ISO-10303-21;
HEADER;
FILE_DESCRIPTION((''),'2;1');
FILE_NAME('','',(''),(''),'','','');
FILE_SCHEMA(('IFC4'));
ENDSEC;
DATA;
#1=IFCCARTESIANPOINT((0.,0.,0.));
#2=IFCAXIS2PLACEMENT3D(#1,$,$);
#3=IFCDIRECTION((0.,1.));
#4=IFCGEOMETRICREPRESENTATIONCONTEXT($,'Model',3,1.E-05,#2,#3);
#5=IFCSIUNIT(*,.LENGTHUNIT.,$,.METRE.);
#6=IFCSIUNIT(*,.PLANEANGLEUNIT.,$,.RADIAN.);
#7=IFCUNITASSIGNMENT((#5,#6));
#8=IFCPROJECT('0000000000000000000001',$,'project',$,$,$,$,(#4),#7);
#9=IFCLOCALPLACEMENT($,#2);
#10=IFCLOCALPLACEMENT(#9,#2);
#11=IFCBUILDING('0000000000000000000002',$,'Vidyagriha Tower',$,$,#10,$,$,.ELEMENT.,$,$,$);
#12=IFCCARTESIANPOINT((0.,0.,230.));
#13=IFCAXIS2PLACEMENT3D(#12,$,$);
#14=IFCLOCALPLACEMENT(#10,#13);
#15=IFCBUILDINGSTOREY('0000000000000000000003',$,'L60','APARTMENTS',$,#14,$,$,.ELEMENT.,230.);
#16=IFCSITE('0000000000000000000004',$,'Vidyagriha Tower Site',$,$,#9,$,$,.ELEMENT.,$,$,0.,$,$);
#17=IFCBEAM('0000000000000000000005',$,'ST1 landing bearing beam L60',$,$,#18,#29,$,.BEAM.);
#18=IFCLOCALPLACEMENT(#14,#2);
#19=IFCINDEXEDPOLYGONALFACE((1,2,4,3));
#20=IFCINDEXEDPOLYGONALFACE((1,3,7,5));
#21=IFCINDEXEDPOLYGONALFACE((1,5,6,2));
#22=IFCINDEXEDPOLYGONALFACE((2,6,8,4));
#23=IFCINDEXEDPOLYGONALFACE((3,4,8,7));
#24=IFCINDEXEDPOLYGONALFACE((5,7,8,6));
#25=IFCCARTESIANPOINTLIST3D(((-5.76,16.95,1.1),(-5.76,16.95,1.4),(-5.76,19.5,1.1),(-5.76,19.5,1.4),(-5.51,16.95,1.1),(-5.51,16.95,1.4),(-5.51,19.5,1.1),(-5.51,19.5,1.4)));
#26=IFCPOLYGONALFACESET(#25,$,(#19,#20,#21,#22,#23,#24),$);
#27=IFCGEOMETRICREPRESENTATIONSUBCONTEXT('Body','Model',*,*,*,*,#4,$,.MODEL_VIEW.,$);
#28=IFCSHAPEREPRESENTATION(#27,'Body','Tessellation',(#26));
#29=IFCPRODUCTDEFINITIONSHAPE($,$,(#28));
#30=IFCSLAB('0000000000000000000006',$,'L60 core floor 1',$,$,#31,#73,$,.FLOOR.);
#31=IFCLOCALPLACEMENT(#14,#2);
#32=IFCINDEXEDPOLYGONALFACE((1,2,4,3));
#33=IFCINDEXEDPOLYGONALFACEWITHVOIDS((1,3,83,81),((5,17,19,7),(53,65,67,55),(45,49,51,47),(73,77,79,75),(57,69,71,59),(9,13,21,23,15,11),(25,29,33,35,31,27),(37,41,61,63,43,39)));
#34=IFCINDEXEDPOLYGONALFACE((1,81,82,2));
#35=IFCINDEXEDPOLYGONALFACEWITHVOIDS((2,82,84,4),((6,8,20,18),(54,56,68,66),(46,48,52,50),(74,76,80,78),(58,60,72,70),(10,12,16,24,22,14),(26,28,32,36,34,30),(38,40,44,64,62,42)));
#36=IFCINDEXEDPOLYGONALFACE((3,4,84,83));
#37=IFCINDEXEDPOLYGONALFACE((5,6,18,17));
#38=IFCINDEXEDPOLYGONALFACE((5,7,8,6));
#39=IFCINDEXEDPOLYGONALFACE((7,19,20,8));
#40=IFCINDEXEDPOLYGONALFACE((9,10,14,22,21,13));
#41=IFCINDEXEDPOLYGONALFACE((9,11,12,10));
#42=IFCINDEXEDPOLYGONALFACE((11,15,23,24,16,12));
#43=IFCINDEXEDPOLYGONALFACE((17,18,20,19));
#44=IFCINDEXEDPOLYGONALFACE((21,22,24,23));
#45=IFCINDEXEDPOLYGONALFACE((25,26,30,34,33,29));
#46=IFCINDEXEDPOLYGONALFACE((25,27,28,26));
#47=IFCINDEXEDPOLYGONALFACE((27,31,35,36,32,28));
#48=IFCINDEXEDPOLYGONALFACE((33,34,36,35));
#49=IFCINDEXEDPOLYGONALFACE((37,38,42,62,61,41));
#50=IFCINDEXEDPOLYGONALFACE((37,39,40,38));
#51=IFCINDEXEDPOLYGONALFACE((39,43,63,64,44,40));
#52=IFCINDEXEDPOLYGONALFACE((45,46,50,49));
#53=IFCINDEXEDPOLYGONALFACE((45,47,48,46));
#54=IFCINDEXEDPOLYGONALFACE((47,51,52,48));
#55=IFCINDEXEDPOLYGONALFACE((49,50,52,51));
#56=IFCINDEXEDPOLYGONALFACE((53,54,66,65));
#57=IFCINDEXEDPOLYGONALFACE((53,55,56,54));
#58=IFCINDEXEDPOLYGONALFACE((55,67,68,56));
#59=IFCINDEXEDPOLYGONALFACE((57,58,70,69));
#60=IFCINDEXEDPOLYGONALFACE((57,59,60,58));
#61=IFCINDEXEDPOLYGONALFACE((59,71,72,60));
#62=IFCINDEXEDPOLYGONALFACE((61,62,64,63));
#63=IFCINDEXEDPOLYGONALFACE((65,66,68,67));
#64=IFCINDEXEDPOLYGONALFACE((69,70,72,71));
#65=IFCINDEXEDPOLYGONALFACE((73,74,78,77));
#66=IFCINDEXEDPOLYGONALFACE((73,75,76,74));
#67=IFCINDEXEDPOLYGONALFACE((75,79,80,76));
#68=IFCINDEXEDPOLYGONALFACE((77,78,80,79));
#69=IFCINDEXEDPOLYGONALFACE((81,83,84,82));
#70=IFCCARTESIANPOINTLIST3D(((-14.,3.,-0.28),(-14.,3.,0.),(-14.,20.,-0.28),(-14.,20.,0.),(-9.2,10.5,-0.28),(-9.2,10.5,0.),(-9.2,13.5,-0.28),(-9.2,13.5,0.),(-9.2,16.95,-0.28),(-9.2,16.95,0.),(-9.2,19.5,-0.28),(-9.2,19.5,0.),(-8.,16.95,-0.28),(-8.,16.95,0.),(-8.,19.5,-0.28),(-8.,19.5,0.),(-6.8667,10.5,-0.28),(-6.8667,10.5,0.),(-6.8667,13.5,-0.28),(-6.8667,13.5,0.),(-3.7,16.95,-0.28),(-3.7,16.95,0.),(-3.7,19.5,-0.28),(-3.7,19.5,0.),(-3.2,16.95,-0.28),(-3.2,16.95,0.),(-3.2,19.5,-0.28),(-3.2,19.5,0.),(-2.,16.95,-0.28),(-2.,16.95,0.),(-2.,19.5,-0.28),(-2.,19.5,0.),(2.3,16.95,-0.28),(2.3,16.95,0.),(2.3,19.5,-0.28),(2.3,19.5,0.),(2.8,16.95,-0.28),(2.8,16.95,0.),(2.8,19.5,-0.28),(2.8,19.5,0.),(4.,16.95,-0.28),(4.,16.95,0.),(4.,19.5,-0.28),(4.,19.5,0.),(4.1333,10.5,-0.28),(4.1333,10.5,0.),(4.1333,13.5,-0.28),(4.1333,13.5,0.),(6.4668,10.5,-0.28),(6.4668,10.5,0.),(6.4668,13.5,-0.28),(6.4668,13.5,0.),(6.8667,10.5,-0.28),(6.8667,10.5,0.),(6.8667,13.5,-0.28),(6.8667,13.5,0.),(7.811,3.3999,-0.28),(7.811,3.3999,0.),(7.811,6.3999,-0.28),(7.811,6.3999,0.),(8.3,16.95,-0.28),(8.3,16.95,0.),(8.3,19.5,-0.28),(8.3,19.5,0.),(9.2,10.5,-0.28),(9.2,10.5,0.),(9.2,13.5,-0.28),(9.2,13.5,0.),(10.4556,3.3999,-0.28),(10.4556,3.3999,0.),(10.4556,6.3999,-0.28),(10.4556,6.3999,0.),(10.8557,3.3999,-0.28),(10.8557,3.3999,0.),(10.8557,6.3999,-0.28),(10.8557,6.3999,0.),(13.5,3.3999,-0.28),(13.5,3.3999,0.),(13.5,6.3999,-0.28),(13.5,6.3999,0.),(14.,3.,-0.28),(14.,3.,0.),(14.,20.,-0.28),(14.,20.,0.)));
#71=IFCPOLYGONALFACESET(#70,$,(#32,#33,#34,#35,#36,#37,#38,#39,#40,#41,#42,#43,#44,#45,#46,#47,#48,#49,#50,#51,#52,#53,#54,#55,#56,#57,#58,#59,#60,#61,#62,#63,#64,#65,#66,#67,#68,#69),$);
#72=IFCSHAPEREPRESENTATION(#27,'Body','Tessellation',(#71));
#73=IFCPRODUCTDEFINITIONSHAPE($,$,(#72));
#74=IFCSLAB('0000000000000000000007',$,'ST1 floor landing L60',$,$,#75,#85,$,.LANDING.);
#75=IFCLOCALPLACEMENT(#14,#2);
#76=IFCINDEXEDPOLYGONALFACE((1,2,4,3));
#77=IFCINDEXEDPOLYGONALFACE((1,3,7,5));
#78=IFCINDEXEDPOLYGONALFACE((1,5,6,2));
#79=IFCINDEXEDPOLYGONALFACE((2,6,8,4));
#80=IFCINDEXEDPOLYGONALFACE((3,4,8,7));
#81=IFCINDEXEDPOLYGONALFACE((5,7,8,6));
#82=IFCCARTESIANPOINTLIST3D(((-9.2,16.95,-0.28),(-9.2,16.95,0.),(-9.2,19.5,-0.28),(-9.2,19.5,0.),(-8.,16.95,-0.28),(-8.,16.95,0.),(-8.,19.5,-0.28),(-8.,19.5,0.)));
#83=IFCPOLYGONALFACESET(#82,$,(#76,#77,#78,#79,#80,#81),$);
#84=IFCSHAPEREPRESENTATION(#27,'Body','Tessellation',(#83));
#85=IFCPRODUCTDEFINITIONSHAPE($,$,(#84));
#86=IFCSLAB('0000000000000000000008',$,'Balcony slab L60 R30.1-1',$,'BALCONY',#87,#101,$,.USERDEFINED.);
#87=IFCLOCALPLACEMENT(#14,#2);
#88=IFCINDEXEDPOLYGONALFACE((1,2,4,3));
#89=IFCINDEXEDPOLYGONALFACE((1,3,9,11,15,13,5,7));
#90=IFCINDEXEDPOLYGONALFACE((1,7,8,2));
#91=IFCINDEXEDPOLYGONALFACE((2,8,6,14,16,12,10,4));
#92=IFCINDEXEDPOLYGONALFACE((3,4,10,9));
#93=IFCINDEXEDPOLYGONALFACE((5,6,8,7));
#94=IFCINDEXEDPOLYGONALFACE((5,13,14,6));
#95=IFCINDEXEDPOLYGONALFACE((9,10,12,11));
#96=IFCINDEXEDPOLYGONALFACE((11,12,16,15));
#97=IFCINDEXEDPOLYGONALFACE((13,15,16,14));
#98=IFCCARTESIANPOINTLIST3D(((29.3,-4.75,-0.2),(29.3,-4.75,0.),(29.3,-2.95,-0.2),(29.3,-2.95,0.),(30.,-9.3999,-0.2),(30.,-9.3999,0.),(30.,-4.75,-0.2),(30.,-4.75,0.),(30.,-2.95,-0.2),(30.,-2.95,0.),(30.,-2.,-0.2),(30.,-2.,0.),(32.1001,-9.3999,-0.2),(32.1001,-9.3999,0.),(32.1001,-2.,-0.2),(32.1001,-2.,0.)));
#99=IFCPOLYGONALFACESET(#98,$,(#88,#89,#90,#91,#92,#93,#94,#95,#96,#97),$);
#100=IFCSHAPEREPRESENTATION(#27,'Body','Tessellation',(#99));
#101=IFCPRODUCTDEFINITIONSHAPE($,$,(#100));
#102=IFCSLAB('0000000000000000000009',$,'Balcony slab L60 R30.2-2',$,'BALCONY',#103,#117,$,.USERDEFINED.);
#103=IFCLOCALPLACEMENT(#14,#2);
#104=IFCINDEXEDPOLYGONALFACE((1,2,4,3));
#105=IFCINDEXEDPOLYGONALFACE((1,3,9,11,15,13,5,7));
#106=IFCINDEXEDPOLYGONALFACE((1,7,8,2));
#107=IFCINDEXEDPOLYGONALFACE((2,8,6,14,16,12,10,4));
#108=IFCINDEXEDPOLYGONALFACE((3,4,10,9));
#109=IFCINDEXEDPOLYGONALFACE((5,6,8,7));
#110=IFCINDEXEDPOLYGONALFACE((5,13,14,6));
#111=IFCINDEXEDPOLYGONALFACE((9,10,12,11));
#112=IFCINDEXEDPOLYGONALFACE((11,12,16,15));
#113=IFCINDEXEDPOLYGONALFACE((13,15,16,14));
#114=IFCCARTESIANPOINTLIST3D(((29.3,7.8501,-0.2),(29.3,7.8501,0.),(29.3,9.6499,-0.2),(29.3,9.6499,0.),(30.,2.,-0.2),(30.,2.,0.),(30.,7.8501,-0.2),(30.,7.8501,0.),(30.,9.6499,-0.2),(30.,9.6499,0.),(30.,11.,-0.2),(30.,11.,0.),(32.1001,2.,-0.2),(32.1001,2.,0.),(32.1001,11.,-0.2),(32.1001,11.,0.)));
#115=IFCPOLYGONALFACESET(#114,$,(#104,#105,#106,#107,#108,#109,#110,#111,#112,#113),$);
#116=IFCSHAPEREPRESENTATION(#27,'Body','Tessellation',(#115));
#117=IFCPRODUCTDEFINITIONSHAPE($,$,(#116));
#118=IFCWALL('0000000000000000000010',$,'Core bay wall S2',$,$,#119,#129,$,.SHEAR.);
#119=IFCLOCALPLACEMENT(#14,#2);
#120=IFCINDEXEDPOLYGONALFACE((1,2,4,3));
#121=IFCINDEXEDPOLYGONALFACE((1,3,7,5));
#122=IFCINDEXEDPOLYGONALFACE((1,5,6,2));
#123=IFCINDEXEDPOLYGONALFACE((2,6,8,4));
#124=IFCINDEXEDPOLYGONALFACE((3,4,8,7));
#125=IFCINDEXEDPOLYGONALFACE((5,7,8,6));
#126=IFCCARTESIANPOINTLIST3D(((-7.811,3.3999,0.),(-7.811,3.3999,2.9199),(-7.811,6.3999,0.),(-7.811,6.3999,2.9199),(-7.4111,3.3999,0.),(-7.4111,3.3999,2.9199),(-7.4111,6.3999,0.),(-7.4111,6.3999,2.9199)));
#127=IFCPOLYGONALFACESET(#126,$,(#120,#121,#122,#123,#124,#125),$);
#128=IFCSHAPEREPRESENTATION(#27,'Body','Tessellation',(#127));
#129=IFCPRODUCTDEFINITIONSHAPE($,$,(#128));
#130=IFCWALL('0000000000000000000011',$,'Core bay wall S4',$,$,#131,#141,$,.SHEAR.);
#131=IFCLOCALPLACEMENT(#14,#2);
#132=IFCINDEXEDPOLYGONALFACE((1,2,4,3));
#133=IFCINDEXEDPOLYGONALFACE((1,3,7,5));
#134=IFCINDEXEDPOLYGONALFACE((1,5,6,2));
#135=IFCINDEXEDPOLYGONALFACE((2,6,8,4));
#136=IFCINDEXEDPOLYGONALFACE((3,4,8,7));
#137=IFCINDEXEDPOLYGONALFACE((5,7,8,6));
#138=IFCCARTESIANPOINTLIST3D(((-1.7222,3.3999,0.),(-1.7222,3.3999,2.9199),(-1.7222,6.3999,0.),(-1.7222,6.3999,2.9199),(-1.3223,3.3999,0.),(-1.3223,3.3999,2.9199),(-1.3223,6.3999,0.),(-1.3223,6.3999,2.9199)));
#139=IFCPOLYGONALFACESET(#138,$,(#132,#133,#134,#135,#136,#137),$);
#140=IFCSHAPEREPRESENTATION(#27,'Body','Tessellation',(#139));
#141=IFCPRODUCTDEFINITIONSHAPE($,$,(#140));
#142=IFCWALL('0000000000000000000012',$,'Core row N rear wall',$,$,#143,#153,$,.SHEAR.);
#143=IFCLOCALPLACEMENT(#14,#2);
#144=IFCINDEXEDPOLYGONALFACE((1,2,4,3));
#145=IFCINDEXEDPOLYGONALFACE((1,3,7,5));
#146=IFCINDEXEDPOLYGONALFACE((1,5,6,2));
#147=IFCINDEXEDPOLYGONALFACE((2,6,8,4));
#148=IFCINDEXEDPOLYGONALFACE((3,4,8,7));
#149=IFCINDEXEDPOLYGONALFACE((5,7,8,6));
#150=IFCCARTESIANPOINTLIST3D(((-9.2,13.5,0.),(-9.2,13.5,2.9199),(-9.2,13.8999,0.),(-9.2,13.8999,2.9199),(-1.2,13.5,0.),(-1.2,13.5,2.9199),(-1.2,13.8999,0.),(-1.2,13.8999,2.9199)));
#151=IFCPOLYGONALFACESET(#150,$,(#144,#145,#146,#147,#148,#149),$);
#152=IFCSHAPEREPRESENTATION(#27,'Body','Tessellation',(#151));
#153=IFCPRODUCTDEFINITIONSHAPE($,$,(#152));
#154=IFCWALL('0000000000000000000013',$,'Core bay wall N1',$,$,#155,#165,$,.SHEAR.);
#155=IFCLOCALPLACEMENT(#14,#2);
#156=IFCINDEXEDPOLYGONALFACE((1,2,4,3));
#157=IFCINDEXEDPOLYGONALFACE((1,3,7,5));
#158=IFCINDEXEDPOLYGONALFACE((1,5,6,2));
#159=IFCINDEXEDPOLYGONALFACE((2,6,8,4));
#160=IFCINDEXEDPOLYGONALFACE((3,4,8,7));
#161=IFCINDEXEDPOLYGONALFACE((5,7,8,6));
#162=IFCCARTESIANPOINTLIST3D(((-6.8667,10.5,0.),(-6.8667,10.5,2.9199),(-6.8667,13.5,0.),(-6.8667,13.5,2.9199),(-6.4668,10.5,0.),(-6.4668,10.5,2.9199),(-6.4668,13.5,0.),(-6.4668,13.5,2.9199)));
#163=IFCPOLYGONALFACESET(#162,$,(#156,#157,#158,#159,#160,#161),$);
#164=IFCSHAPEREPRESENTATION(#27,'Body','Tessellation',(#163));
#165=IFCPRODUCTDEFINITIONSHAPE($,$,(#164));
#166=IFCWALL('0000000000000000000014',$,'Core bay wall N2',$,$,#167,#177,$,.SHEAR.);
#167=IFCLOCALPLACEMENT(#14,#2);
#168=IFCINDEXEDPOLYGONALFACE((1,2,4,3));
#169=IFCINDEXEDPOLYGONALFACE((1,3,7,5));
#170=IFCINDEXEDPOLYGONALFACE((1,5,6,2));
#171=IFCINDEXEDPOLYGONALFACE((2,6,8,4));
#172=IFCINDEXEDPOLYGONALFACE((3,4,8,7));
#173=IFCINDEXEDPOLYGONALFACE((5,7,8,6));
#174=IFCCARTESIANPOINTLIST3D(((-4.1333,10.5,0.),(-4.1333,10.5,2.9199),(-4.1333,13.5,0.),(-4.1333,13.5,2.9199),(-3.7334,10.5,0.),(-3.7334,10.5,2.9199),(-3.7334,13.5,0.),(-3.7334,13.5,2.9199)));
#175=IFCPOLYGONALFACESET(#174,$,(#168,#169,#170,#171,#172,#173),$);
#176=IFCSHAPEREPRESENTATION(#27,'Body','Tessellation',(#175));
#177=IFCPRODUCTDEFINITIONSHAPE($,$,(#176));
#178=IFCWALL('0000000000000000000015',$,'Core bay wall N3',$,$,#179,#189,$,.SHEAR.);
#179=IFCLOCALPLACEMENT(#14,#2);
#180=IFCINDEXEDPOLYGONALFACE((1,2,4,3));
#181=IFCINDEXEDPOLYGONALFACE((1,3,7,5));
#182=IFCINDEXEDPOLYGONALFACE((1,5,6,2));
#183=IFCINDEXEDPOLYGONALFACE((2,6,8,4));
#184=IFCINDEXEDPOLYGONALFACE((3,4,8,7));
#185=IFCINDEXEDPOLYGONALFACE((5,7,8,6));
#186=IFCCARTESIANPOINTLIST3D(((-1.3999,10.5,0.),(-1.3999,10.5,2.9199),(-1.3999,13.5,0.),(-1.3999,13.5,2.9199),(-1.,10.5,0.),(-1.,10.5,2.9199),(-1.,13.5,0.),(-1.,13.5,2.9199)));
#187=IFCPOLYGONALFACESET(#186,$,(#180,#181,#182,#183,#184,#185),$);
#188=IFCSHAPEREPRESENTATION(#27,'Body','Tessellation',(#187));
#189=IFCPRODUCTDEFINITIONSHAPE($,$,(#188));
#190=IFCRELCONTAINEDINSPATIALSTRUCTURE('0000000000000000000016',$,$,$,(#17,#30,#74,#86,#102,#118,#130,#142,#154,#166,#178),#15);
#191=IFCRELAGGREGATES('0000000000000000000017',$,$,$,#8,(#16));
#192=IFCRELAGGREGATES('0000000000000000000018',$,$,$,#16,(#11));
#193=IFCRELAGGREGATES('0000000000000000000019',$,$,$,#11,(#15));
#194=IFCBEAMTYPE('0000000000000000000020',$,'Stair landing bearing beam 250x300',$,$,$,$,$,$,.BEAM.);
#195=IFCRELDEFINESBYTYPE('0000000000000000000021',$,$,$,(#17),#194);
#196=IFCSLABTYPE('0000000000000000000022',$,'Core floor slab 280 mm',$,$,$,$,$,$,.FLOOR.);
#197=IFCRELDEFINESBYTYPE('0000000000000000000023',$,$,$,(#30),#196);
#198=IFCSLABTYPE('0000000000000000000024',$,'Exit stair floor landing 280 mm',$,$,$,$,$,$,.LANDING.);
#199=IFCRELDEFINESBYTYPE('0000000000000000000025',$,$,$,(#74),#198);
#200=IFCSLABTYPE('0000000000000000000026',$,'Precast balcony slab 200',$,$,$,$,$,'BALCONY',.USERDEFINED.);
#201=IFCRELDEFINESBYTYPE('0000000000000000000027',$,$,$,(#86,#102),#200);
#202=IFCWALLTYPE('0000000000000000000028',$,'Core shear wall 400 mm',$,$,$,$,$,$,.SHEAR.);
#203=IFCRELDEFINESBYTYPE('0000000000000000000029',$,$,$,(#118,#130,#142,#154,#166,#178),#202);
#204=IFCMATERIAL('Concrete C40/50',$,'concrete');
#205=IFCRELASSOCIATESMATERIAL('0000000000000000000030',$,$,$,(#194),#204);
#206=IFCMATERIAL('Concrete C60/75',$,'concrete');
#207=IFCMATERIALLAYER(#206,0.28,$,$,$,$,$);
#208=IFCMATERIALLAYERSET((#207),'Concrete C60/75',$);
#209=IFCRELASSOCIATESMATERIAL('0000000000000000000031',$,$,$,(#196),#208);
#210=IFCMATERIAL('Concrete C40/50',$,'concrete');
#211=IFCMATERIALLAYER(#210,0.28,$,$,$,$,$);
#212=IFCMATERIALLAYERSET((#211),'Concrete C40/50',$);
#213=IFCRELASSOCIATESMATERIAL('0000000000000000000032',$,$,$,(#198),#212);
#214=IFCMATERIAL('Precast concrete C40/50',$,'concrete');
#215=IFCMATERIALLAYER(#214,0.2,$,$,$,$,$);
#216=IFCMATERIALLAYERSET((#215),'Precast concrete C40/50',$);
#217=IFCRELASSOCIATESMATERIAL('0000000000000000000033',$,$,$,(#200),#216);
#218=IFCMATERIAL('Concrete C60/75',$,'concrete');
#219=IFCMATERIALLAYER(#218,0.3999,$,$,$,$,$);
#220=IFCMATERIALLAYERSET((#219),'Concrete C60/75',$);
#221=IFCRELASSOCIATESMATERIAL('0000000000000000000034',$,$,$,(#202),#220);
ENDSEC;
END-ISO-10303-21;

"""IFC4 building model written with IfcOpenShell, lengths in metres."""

from ifc_helpers import new_model, si_unit, direction, frame, frame_2d, origin, origin_2d, place, context, subcontext, project, spatial, polyline, rectangle, outline, extrude, material, layer, layer_set, material_profile, profile_set, type_object, element, save


model = new_model("IFC4")

# Units and contexts
model_context = context("Model", 3, precision=1e-05, world=origin(), true_north=direction((0.0, 1.0)))
body_context = subcontext(model_context, "Body", "Model", "MODEL_VIEW")
ifc_project = project(units=[si_unit("LENGTHUNIT", "METRE"), si_unit("PLANEANGLEUNIT", "RADIAN")], contexts=[model_context])

# Site, building, storey
site_placement = place(None, origin())
site = spatial("IfcSite", under=ifc_project, at=site_placement, Name="Vidyagriha Tower Site", CompositionType="ELEMENT", RefElevation=0.0)
building_placement = place(site_placement, origin())
building = spatial("IfcBuilding", under=site, at=building_placement, Name="Vidyagriha Tower", CompositionType="ELEMENT")
storey_placement = place(building_placement, frame((0.0, 0.0, 230.0)))
storey = spatial("IfcBuildingStorey", under=building, at=storey_placement, Name="L60", Description="APARTMENTS", CompositionType="ELEMENT", Elevation=230.0)

# Beam
ifc_material_1 = material(Name="Concrete C40/50", Category="concrete")
ifc_material_profile = material_profile(ifc_material_1, rectangle(XDim=0.25, YDim=0.3, at=origin_2d()), Name="Stair landing bearing beam 250x300")
ifc_profile_set = profile_set([ifc_material_profile], Name="Concrete C40/50")
beam_type = type_object("IfcBeamType", Name="Stair landing bearing beam 250x300", PredefinedType="BEAM", material=ifc_profile_set)
beam_placement = place(storey_placement, frame((-5.635, 16.95, 1.25), z_axis=(0.0, 1.0, 0.0), x_axis=(-1.0, 0.0, 0.0)))
element("IfcBeam", 1, at=beam_placement, inside=storey, type_object=beam_type, Name="ST1 landing bearing beam L60", PredefinedType="BEAM", context=body_context, shape_type="SweptSolid", body=[
    extrude(rectangle(XDim=0.25, YDim=0.3, at=origin_2d()), origin(), (0.0, 0.0, 1.0), 2.55),
])

# Slabs
ifc_material_2 = material(Name="Concrete C60/75", Category="concrete")
ifc_layer_1 = layer(ifc_material_2, 0.28)
ifc_layer_set_1 = layer_set([ifc_layer_1], Name="Concrete C60/75")
slab_type_1 = type_object("IfcSlabType", Name="Core floor slab 280 mm", PredefinedType="FLOOR", material=ifc_layer_set_1)
slab_1_placement = place(storey_placement, frame((0.0, 0.0, -0.28)))
element("IfcSlab", 2, at=slab_1_placement, inside=storey, type_object=slab_type_1, Name="L60 core floor 1", PredefinedType="FLOOR", context=body_context, shape_type="SweptSolid", body=[
    extrude(outline(polyline([(-14.0, 3.0), (-14.0, 20.0), (14.0, 20.0), (14.0, 3.0), (-14.0, 3.0)]), holes=[polyline([(13.5, 6.3999), (10.8557, 6.3999), (10.8557, 3.3999), (13.5, 3.3999), (13.5, 6.3999)]), polyline([(10.4556, 6.3999), (7.811, 6.3999), (7.811, 3.3999), (10.4556, 3.3999), (10.4556, 6.3999)]), polyline([(9.2, 13.5), (6.8667, 13.5), (6.8667, 10.5), (9.2, 10.5), (9.2, 13.5)]), polyline([(2.8, 19.5), (2.8, 16.95), (4.0, 16.95), (8.3, 16.95), (8.3, 19.5), (4.0, 19.5), (2.8, 19.5)]), polyline([(4.1333, 13.5), (4.1333, 10.5), (6.4668, 10.5), (6.4668, 13.5), (4.1333, 13.5)]), polyline([(-2.0, 19.5), (-3.2, 19.5), (-3.2, 16.95), (-2.0, 16.95), (2.3, 16.95), (2.3, 19.5), (-2.0, 19.5)]), polyline([(-9.2, 19.5), (-9.2, 16.95), (-8.0, 16.95), (-3.7, 16.95), (-3.7, 19.5), (-8.0, 19.5), (-9.2, 19.5)]), polyline([(-9.2, 13.5), (-9.2, 10.5), (-6.8667, 10.5), (-6.8667, 13.5), (-9.2, 13.5)])]), origin(), (0.0, 0.0, 1.0), 0.28),
])
ifc_material_3 = material(Name="Concrete C40/50", Category="concrete")
ifc_layer_2 = layer(ifc_material_3, 0.28)
ifc_layer_set_2 = layer_set([ifc_layer_2], Name="Concrete C40/50")
slab_type_2 = type_object("IfcSlabType", Name="Exit stair floor landing 280 mm", PredefinedType="LANDING", material=ifc_layer_set_2)
slab_2_placement = place(storey_placement, frame((0.0, 0.0, -0.28)))
element("IfcSlab", 3, at=slab_2_placement, inside=storey, type_object=slab_type_2, Name="ST1 floor landing L60", PredefinedType="LANDING", context=body_context, shape_type="SweptSolid", body=[
    extrude(outline(polyline([(-9.2, 16.95), (-8.0, 16.95), (-8.0, 19.5), (-9.2, 19.5), (-9.2, 16.95)])), origin(), (0.0, 0.0, 1.0), 0.28),
])
ifc_material_4 = material(Name="Precast concrete C40/50", Category="concrete")
ifc_layer_3 = layer(ifc_material_4, 0.2)
ifc_layer_set_3 = layer_set([ifc_layer_3], Name="Precast concrete C40/50")
slab_type_3 = type_object("IfcSlabType", Name="Precast balcony slab 200", ElementType="BALCONY", PredefinedType="USERDEFINED", material=ifc_layer_set_3)
slab_3_placement = place(storey_placement, frame((0.0, 0.0, -0.2)))
element("IfcSlab", 4, at=slab_3_placement, inside=storey, type_object=slab_type_3, Name="Balcony slab L60 R30.1-1", ObjectType="BALCONY", PredefinedType="USERDEFINED", context=body_context, shape_type="SweptSolid", body=[
    extrude(outline(polyline([(30.0, -4.75), (30.0, -9.3999), (32.1001, -9.3999), (32.1001, -2.0), (30.0, -2.0), (30.0, -2.95), (29.3, -2.95), (29.3, -4.75), (30.0, -4.75)])), origin(), (0.0, 0.0, 1.0), 0.2),
])
slab_4_placement = place(storey_placement, frame((0.0, 0.0, -0.2)))
element("IfcSlab", 5, at=slab_4_placement, inside=storey, type_object=slab_type_3, Name="Balcony slab L60 R30.2-2", ObjectType="BALCONY", PredefinedType="USERDEFINED", context=body_context, shape_type="SweptSolid", body=[
    extrude(outline(polyline([(30.0, 7.8501), (30.0, 2.0), (32.1001, 2.0), (32.1001, 11.0), (30.0, 11.0), (30.0, 9.6499), (29.3, 9.6499), (29.3, 7.8501), (30.0, 7.8501)])), origin(), (0.0, 0.0, 1.0), 0.2),
])

# Walls
ifc_material_5 = material(Name="Concrete C60/75", Category="concrete")
ifc_layer_4 = layer(ifc_material_5, 0.3999)
ifc_layer_set_4 = layer_set([ifc_layer_4], Name="Concrete C60/75")
wall_type = type_object("IfcWallType", Name="Core shear wall 400 mm", PredefinedType="SHEAR", material=ifc_layer_set_4)
for number, where, z_axis, x_axis, name in (
    (6, (-7.6111, 3.3999, 0.0), (0.0, 0.0, 1.0), (0.0, 1.0, 0.0), "Core bay wall S2"),
    (7, (-1.5222, 3.3999, 0.0), (0.0, 0.0, 1.0), (0.0, 1.0, 0.0), "Core bay wall S4"),
):
    element("IfcWall", number, at=place(storey_placement, frame(where, z_axis=z_axis, x_axis=x_axis)), inside=storey, type_object=wall_type, Name=name, PredefinedType="SHEAR", context=body_context, shape_type="SweptSolid", body=[
        extrude(rectangle(XDim=3.0, YDim=0.3999, at=frame_2d((1.5, 0.0))), origin(), (0.0, 0.0, 1.0), 2.9199),
    ])
wall_1_placement = place(storey_placement, frame((-9.2, 13.7, 0.0)))
element("IfcWall", 8, at=wall_1_placement, inside=storey, type_object=wall_type, Name="Core row N rear wall", PredefinedType="SHEAR", context=body_context, shape_type="SweptSolid", body=[
    extrude(rectangle(XDim=8.0, YDim=0.3999, at=frame_2d((4.0, 0.0))), origin(), (0.0, 0.0, 1.0), 2.9199),
])
for number, where, z_axis, x_axis, name in (
    (9, (-6.6667, 10.5, 0.0), (0.0, 0.0, 1.0), (0.0, 1.0, 0.0), "Core bay wall N1"),
    (10, (-3.9333, 10.5, 0.0), (0.0, 0.0, 1.0), (0.0, 1.0, 0.0), "Core bay wall N2"),
    (11, (-1.2, 10.5, 0.0), (0.0, 0.0, 1.0), (0.0, 1.0, 0.0), "Core bay wall N3"),
):
    element("IfcWall", number, at=place(storey_placement, frame(where, z_axis=z_axis, x_axis=x_axis)), inside=storey, type_object=wall_type, Name=name, PredefinedType="SHEAR", context=body_context, shape_type="SweptSolid", body=[
        extrude(rectangle(XDim=3.0, YDim=0.3999, at=frame_2d((1.5, 0.0))), origin(), (0.0, 0.0, 1.0), 2.9199),
    ])

save(model, "model.ifc")
